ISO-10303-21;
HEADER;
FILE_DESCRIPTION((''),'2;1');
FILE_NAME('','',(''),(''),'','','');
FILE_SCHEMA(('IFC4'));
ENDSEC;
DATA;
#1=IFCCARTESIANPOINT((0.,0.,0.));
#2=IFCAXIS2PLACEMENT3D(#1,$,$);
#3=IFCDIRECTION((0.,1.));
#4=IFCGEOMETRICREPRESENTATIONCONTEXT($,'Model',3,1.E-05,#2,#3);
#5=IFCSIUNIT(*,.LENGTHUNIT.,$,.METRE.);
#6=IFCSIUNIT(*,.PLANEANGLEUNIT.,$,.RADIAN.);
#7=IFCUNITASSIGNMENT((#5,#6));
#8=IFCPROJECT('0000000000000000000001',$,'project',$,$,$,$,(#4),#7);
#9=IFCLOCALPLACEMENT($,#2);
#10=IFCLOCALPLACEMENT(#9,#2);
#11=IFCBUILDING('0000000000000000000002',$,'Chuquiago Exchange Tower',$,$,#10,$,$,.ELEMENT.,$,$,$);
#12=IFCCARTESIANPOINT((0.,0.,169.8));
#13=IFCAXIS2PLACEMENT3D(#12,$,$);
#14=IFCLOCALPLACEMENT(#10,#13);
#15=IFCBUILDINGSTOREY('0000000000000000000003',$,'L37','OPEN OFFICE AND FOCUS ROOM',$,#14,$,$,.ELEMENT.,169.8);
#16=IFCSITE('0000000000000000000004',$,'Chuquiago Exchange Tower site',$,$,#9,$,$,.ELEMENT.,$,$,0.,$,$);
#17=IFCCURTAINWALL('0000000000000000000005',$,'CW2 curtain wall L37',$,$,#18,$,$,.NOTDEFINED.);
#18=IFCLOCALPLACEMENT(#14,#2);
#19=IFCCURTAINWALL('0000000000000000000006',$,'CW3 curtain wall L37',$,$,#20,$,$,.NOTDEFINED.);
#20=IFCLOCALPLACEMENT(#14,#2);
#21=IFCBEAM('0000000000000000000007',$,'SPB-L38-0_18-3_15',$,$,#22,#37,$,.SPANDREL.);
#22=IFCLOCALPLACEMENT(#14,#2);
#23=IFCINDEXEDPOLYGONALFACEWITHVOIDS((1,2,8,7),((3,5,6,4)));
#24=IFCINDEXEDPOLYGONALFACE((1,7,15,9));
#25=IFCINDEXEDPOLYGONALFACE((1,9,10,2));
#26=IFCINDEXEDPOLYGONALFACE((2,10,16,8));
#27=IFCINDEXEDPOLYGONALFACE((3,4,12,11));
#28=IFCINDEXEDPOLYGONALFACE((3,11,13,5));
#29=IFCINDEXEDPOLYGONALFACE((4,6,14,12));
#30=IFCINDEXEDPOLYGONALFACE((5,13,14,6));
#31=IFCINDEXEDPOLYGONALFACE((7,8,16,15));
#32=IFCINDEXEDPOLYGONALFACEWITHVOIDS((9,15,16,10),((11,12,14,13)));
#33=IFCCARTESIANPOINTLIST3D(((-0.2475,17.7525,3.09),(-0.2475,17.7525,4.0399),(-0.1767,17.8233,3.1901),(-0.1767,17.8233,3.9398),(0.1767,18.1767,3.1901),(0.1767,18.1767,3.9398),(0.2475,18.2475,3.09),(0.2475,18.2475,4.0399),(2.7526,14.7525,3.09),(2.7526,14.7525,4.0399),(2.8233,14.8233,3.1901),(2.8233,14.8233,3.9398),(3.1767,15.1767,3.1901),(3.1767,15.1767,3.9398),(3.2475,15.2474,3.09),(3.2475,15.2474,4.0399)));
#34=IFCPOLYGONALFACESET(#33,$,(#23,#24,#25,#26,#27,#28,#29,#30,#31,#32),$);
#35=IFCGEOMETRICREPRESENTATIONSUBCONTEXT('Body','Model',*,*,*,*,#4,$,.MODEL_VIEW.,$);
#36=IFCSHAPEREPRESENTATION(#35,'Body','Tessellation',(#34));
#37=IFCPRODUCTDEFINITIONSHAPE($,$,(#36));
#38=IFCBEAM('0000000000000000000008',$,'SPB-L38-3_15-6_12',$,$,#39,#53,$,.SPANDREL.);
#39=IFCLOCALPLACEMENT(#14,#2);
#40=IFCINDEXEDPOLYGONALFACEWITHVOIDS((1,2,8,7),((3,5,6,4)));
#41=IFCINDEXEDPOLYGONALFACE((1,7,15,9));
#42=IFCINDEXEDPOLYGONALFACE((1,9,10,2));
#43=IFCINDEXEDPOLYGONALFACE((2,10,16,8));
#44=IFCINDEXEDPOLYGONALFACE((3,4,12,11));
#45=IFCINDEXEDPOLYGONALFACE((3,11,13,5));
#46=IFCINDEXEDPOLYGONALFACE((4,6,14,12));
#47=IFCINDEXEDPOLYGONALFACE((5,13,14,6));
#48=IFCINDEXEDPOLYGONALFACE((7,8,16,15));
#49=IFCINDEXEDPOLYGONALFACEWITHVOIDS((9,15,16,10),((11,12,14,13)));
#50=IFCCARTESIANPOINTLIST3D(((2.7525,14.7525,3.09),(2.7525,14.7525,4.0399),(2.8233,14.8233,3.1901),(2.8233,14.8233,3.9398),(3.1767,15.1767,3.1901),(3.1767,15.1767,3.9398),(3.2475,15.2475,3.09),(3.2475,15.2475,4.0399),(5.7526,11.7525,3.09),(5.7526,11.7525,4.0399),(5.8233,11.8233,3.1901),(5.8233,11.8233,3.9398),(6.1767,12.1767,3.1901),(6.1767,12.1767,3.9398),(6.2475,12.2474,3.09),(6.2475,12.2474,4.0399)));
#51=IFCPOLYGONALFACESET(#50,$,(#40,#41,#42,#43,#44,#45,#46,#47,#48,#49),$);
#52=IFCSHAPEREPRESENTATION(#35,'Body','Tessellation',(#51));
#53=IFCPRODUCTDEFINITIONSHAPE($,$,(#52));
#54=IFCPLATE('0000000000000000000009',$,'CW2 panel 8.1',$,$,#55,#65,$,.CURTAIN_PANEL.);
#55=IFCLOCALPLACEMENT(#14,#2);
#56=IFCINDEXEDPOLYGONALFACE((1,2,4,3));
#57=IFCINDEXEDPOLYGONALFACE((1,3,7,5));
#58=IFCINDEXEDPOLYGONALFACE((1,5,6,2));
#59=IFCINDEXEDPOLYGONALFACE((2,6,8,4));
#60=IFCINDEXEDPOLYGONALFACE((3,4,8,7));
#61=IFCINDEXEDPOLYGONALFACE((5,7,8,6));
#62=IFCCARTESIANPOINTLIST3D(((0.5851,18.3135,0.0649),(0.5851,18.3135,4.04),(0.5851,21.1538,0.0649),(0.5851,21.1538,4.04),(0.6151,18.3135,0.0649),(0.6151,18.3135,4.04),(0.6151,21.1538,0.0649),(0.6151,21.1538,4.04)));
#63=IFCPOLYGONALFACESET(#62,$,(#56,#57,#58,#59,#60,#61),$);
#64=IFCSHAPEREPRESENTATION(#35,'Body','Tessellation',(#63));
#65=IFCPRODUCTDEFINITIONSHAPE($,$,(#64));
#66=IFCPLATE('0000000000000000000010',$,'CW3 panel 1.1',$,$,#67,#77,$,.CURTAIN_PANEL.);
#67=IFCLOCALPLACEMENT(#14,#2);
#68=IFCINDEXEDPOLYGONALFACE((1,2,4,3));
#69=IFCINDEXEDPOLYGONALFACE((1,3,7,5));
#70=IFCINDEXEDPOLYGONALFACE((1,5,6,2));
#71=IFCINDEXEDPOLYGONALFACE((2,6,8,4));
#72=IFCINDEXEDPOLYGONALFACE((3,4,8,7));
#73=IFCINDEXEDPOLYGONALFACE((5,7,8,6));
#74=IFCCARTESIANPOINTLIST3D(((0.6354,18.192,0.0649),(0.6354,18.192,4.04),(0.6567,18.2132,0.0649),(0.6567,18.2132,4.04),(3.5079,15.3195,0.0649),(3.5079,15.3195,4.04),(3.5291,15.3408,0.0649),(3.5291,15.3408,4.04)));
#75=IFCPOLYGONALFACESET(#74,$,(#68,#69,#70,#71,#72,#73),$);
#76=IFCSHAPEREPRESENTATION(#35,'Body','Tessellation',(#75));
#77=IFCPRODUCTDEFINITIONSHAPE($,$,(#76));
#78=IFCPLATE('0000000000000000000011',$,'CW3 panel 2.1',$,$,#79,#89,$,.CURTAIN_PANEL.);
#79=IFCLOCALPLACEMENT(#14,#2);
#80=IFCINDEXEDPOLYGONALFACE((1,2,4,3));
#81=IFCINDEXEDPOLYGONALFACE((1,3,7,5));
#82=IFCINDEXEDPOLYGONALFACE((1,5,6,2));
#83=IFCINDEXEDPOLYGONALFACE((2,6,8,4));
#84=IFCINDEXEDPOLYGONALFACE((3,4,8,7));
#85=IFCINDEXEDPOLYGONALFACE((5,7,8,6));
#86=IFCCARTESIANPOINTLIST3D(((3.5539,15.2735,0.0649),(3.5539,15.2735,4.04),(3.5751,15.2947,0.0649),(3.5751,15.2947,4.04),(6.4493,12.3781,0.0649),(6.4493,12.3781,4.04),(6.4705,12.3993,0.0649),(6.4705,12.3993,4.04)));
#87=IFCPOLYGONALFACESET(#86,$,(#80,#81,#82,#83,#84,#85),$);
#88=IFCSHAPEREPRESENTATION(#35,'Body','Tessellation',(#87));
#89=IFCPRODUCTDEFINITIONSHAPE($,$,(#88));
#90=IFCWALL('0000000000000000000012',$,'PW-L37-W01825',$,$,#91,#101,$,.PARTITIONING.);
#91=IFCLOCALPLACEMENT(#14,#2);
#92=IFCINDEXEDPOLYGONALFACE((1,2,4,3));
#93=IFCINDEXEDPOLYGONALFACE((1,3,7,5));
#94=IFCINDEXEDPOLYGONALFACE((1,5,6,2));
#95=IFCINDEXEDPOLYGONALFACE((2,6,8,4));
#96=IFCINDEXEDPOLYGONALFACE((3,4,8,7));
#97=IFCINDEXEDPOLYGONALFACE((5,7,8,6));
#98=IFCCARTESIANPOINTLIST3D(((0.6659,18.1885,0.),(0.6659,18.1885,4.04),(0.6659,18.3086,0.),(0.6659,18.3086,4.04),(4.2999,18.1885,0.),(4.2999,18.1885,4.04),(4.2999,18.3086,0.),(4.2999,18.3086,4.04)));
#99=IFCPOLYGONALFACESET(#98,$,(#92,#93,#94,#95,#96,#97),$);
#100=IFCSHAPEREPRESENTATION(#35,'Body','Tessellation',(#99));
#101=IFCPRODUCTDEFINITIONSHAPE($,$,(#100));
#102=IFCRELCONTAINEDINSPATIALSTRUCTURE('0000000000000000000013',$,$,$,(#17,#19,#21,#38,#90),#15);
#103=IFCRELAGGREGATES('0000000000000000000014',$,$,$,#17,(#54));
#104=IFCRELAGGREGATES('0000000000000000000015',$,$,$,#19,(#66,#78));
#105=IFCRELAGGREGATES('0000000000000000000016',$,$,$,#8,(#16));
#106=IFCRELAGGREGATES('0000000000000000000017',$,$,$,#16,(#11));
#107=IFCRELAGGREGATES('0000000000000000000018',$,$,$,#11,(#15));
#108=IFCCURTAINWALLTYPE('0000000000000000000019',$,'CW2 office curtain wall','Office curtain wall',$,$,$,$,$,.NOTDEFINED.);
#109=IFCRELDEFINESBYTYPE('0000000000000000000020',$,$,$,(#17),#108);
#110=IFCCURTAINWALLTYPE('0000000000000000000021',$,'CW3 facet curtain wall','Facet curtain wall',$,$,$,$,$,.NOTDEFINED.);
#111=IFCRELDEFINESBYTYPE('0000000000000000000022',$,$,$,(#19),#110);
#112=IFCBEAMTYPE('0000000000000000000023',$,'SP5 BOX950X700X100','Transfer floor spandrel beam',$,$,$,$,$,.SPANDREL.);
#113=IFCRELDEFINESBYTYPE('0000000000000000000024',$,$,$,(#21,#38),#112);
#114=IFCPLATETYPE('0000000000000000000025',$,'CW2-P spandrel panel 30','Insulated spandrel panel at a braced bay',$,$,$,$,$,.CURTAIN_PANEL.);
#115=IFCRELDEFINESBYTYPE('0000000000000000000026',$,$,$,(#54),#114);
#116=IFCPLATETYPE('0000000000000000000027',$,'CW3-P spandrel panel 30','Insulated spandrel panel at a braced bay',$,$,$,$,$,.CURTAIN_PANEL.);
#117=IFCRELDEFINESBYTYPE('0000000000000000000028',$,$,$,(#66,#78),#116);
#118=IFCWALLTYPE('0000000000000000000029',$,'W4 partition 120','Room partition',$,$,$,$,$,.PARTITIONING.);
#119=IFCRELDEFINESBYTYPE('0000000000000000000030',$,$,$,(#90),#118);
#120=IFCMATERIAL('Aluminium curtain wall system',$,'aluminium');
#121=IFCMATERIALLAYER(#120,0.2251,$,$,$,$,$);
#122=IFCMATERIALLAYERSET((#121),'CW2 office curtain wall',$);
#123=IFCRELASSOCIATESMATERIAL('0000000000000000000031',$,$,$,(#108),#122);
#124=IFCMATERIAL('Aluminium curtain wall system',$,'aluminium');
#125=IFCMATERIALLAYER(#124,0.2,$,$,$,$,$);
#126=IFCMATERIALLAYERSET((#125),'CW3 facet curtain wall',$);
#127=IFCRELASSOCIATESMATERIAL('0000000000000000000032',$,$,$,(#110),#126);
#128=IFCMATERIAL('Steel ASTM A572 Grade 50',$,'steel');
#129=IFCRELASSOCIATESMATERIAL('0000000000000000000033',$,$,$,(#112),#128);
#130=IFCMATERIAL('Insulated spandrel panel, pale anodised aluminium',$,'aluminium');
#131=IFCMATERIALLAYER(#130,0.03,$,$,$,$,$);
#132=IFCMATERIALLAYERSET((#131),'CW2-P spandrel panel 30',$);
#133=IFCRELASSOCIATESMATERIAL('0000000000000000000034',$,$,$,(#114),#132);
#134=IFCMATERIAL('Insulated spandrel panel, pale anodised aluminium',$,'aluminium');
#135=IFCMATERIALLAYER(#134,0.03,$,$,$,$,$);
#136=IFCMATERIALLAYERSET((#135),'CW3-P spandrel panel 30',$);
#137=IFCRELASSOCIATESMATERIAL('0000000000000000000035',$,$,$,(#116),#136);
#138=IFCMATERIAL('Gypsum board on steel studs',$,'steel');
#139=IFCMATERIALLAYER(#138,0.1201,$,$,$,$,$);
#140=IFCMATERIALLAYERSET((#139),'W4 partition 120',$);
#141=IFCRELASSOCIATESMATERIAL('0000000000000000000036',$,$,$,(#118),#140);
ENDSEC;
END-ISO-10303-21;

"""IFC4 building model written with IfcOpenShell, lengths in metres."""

from ifc_helpers import new_model, si_unit, direction, frame, frame_2d, origin, origin_2d, place, context, subcontext, project, spatial, rectangle, hollow_rectangle, extrude, material, layer, layer_set, material_profile, profile_set, type_object, element, aggregate, save


model = new_model("IFC4")

# Units and contexts
model_context = context("Model", 3, precision=1e-05, world=origin(), true_north=direction((0.0, 1.0)))
body_context = subcontext(model_context, "Body", "Model", "MODEL_VIEW")
ifc_project = project(units=[si_unit("LENGTHUNIT", "METRE"), si_unit("PLANEANGLEUNIT", "RADIAN")], contexts=[model_context])

# Site, building, storey
site_placement = place(None, origin())
site = spatial("IfcSite", under=ifc_project, at=site_placement, Name="Chuquiago Exchange Tower site", CompositionType="ELEMENT", RefElevation=0.0)
building_placement = place(site_placement, origin())
building = spatial("IfcBuilding", under=site, at=building_placement, Name="Chuquiago Exchange Tower", CompositionType="ELEMENT")
storey_placement = place(building_placement, frame((0.0, 0.0, 169.8)))
storey = spatial("IfcBuildingStorey", under=building, at=storey_placement, Name="L37", Description="OPEN OFFICE AND FOCUS ROOM", CompositionType="ELEMENT", Elevation=169.8)

# Curtain wall
ifc_material_1 = material(Name="Aluminium curtain wall system", Category="aluminium")
ifc_layer_1 = layer(ifc_material_1, 0.2251)
ifc_layer_set_1 = layer_set([ifc_layer_1], Name="CW2 office curtain wall")
curtain_wall_type_1 = type_object("IfcCurtainWallType", Name="CW2 office curtain wall", Description="Office curtain wall", PredefinedType="NOTDEFINED", material=ifc_layer_set_1)
curtain_wall_1_placement = place(storey_placement, origin())
curtain_wall_1 = element("IfcCurtainWall", 1, at=curtain_wall_1_placement, inside=storey, type_object=curtain_wall_type_1, Name="CW2 curtain wall L37", PredefinedType="NOTDEFINED")

# Curtain wall
ifc_material_2 = material(Name="Aluminium curtain wall system", Category="aluminium")
ifc_layer_2 = layer(ifc_material_2, 0.2)
ifc_layer_set_2 = layer_set([ifc_layer_2], Name="CW3 facet curtain wall")
curtain_wall_type_2 = type_object("IfcCurtainWallType", Name="CW3 facet curtain wall", Description="Facet curtain wall", PredefinedType="NOTDEFINED", material=ifc_layer_set_2)
curtain_wall_2_placement = place(storey_placement, origin())
curtain_wall_2 = element("IfcCurtainWall", 2, at=curtain_wall_2_placement, inside=storey, type_object=curtain_wall_type_2, Name="CW3 curtain wall L37", PredefinedType="NOTDEFINED")

# Beams
ifc_material_3 = material(Name="Steel ASTM A572 Grade 50", Category="steel")
ifc_material_profile_1 = material_profile(ifc_material_3, hollow_rectangle(XDim=0.7, YDim=0.95, WallThickness=0.1001, at=origin_2d()), Name="BOX950X700X100")
ifc_profile_set_1 = profile_set([ifc_material_profile_1], Name="Steel ASTM A572 Grade 50")
beam_type = type_object("IfcBeamType", Name="SP5 BOX950X700X100", Description="Transfer floor spandrel beam", PredefinedType="SPANDREL", material=ifc_profile_set_1)
for number, where, z_axis, x_axis, name in (
    (3, (0.0, 18.0, 3.5649), (0.707107, -0.707107, 0.0), (0.707107, 0.707107, 0.0), "SPB-L38-0_18-3_15"),
    (4, (3.0, 15.0, 3.5649), (0.707107, -0.707107, 0.0), (0.707107, 0.707107, 0.0), "SPB-L38-3_15-6_12"),
):
    element("IfcBeam", number, at=place(storey_placement, frame(where, z_axis=z_axis, x_axis=x_axis)), inside=storey, type_object=beam_type, Name=name, PredefinedType="SPANDREL", context=body_context, shape_type="SweptSolid", body=[
        extrude(hollow_rectangle(XDim=0.7, YDim=0.95, WallThickness=0.1001, at=origin_2d()), origin(), (0.0, 0.0, 1.0), 4.2427),
    ])

# Plates
ifc_material_4 = material(Name="Insulated spandrel panel, pale anodised aluminium", Category="aluminium")
ifc_layer_3 = layer(ifc_material_4, 0.03)
ifc_layer_set_3 = layer_set([ifc_layer_3], Name="CW2-P spandrel panel 30")
plate_type_1 = type_object("IfcPlateType", Name="CW2-P spandrel panel 30", Description="Insulated spandrel panel at a braced bay", PredefinedType="CURTAIN_PANEL", material=ifc_layer_set_3)
plate_1_placement = place(storey_placement, frame((0.6001, 19.7336, 0.0649), z_axis=(0.0, 0.0, 1.0), x_axis=(0.0, -1.0, 0.0)))
plate_1 = element("IfcPlate", 5, at=plate_1_placement, type_object=plate_type_1, Name="CW2 panel 8.1", PredefinedType="CURTAIN_PANEL", context=body_context, shape_type="SweptSolid", body=[
    extrude(rectangle(XDim=2.8403, YDim=0.03, at=origin_2d()), origin(), (0.0, 0.0, 1.0), 3.9751),
])
aggregate(curtain_wall_1, [plate_1])
ifc_material_5 = material(Name="Insulated spandrel panel, pale anodised aluminium", Category="aluminium")
ifc_layer_4 = layer(ifc_material_5, 0.03)
ifc_layer_set_4 = layer_set([ifc_layer_4], Name="CW3-P spandrel panel 30")
plate_type_2 = type_object("IfcPlateType", Name="CW3-P spandrel panel 30", Description="Insulated spandrel panel at a braced bay", PredefinedType="CURTAIN_PANEL", material=ifc_layer_set_4)
plate_2_placement = place(storey_placement, frame((2.0823, 16.7664, 0.0649), z_axis=(0.0, 0.0, 1.0), x_axis=(0.707107, -0.707107, 0.0)))
plate_2 = element("IfcPlate", 6, at=plate_2_placement, type_object=plate_type_2, Name="CW3 panel 1.1", PredefinedType="CURTAIN_PANEL", context=body_context, shape_type="SweptSolid", body=[
    extrude(rectangle(XDim=4.0623, YDim=0.03, at=origin_2d()), origin(), (0.0, 0.0, 1.0), 3.9751),
])
plate_3_placement = place(storey_placement, frame((5.0122, 13.8364, 0.0649), z_axis=(0.0, 0.0, 1.0), x_axis=(0.707107, -0.707107, 0.0)))
plate_3 = element("IfcPlate", 7, at=plate_3_placement, type_object=plate_type_2, Name="CW3 panel 2.1", PredefinedType="CURTAIN_PANEL", context=body_context, shape_type="SweptSolid", body=[
    extrude(rectangle(XDim=4.0947, YDim=0.03, at=origin_2d()), origin(), (0.0, 0.0, 1.0), 3.9751),
])
aggregate(curtain_wall_2, [plate_2, plate_3])

# Wall
ifc_material_6 = material(Name="Gypsum board on steel studs", Category="steel")
ifc_layer_5 = layer(ifc_material_6, 0.1201)
ifc_layer_set_5 = layer_set([ifc_layer_5], Name="W4 partition 120")
wall_type = type_object("IfcWallType", Name="W4 partition 120", Description="Room partition", PredefinedType="PARTITIONING", material=ifc_layer_set_5)
wall_1_placement = place(storey_placement, frame((0.666, 18.2485, 0.0), z_axis=(0.0, 0.0, 1.0), x_axis=(1.0, 0.0, 0.0)))
element("IfcWall", 8, at=wall_1_placement, inside=storey, type_object=wall_type, Name="PW-L37-W01825", PredefinedType="PARTITIONING", context=body_context, shape_type="SweptSolid", body=[
    extrude(rectangle(XDim=3.634, YDim=0.1201, at=frame_2d((1.8169, 0.0))), origin(), (0.0, 0.0, 1.0), 4.04),
])

save(model, "model.ifc")
